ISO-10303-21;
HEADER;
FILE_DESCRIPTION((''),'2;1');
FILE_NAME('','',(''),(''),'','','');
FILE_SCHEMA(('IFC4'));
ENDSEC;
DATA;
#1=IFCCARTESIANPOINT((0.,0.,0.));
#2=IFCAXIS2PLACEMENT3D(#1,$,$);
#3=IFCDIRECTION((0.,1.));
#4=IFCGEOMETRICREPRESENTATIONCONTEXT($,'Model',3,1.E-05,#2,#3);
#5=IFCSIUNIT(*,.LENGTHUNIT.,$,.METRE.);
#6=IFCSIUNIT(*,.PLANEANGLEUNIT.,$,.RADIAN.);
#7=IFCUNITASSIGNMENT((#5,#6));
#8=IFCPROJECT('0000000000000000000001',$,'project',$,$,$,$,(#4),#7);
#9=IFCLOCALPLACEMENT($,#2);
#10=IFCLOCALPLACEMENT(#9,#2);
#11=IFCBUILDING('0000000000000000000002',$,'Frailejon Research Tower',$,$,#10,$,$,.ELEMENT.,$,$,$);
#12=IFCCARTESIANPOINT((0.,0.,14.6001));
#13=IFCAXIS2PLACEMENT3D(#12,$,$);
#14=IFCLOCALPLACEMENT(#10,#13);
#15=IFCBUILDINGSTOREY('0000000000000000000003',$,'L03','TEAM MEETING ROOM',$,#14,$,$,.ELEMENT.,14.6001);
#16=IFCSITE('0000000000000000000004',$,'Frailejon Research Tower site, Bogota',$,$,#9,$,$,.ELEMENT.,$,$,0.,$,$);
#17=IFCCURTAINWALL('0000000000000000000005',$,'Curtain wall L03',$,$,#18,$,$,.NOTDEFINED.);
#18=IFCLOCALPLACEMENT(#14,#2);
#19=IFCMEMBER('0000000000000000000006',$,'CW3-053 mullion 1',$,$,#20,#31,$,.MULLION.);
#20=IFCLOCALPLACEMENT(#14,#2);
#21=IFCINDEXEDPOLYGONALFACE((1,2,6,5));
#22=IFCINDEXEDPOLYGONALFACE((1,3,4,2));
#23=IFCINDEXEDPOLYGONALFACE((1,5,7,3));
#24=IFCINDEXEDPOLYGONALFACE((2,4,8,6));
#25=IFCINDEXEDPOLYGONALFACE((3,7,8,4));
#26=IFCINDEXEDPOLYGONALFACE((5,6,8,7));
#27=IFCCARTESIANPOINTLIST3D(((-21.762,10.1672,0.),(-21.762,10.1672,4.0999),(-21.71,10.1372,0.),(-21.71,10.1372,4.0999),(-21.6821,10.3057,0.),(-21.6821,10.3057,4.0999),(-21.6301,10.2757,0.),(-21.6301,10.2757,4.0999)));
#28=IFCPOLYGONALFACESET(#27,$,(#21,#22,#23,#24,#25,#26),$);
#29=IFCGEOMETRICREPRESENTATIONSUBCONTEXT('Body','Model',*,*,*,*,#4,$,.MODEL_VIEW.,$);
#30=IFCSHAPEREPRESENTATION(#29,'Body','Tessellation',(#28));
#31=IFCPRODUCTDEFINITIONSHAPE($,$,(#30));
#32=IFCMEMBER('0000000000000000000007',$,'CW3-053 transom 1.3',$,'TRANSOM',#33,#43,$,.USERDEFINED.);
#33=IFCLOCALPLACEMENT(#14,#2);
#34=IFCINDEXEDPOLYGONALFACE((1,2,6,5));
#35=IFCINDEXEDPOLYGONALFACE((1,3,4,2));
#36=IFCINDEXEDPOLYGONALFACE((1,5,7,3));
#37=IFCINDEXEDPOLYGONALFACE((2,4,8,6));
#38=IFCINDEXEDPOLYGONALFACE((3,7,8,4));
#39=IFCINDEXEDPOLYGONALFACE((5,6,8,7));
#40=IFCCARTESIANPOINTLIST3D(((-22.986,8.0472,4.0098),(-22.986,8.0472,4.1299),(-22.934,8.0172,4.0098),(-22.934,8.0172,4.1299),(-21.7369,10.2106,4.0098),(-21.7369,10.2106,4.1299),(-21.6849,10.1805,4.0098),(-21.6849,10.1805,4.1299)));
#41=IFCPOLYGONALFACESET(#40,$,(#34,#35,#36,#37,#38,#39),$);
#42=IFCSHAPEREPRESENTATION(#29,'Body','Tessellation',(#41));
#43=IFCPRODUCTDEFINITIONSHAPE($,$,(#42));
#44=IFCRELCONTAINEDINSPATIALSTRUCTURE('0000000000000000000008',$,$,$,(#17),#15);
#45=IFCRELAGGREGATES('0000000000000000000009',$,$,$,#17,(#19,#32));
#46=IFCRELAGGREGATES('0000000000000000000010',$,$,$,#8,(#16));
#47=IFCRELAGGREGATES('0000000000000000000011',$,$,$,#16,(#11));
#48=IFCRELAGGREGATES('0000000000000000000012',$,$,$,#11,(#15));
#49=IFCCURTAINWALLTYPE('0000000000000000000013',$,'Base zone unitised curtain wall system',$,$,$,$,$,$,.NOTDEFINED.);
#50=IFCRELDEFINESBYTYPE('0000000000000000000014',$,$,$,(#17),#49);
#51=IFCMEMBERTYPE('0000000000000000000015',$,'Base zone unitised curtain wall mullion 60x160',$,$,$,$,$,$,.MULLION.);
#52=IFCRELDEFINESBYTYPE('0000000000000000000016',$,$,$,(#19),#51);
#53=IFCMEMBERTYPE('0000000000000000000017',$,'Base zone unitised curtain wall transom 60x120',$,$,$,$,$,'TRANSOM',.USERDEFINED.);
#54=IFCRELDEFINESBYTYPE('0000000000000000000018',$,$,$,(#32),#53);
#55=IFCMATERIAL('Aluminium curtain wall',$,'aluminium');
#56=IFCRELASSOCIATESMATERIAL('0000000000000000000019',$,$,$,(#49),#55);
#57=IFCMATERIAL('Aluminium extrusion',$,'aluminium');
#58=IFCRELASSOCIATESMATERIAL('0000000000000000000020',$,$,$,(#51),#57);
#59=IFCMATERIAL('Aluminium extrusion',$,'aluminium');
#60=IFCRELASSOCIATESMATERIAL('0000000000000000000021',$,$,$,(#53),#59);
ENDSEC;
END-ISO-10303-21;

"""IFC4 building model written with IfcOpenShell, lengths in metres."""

from ifc_helpers import new_model, si_unit, direction, frame, origin, origin_2d, place, context, subcontext, project, spatial, rectangle, extrude, material, material_profile, profile_set, type_object, element, aggregate, save


model = new_model("IFC4")

# Units and contexts
model_context = context("Model", 3, precision=1e-05, world=origin(), true_north=direction((0.0, 1.0)))
body_context = subcontext(model_context, "Body", "Model", "MODEL_VIEW")
ifc_project = project(units=[si_unit("LENGTHUNIT", "METRE"), si_unit("PLANEANGLEUNIT", "RADIAN")], contexts=[model_context])

# Site, building, storey
site_placement = place(None, origin())
site = spatial("IfcSite", under=ifc_project, at=site_placement, Name="Frailejon Research Tower site, Bogota", CompositionType="ELEMENT", RefElevation=0.0)
building_placement = place(site_placement, origin())
building = spatial("IfcBuilding", under=site, at=building_placement, Name="Frailejon Research Tower", CompositionType="ELEMENT")
storey_placement = place(building_placement, frame((0.0, 0.0, 14.6001)))
storey = spatial("IfcBuildingStorey", under=building, at=storey_placement, Name="L03", Description="TEAM MEETING ROOM", CompositionType="ELEMENT", Elevation=14.6001)

# Curtain wall, members
ifc_material_1 = material(Name="Aluminium curtain wall", Category="aluminium")
curtain_wall_type = type_object("IfcCurtainWallType", Name="Base zone unitised curtain wall system", PredefinedType="NOTDEFINED", material=ifc_material_1)
curtain_wall_placement = place(storey_placement, origin())
curtain_wall = element("IfcCurtainWall", 1, at=curtain_wall_placement, inside=storey, type_object=curtain_wall_type, Name="Curtain wall L03", PredefinedType="NOTDEFINED")
ifc_material_2 = material(Name="Aluminium extrusion", Category="aluminium")
ifc_material_profile_1 = material_profile(ifc_material_2, rectangle(XDim=0.0601, YDim=0.1599, at=origin_2d()), Name="Base zone unitised curtain wall mullion 60x160")
ifc_profile_set_1 = profile_set([ifc_material_profile_1], Name="Aluminium extrusion")
member_type_1 = type_object("IfcMemberType", Name="Base zone unitised curtain wall mullion 60x160", PredefinedType="MULLION", material=ifc_profile_set_1)
member_1_placement = place(storey_placement, frame((-21.696, 10.2214, 0.0), z_axis=(0.0, 0.0, 1.0), x_axis=(0.866029, -0.499993, 0.0)))
member_1 = element("IfcMember", 2, at=member_1_placement, type_object=member_type_1, Name="CW3-053 mullion 1", PredefinedType="MULLION", context=body_context, shape_type="SweptSolid", body=[
    extrude(rectangle(XDim=0.0601, YDim=0.1599, at=origin_2d()), origin(), (0.0, 0.0, 1.0), 4.0999),
])
ifc_material_3 = material(Name="Aluminium extrusion", Category="aluminium")
ifc_material_profile_2 = material_profile(ifc_material_3, rectangle(XDim=0.0601, YDim=0.1201, at=origin_2d()), Name="Base zone unitised curtain wall transom 60x120")
ifc_profile_set_2 = profile_set([ifc_material_profile_2], Name="Aluminium extrusion")
member_type_2 = type_object("IfcMemberType", Name="Base zone unitised curtain wall transom 60x120", ElementType="TRANSOM", PredefinedType="USERDEFINED", material=ifc_profile_set_2)
member_2_placement = place(storey_placement, frame((-21.7109, 10.1956, 4.0698), z_axis=(-0.500007, -0.866021, 0.0), x_axis=(0.866021, -0.500007, 0.0)))
member_2 = element("IfcMember", 3, at=member_2_placement, type_object=member_type_2, Name="CW3-053 transom 1.3", ObjectType="TRANSOM", PredefinedType="USERDEFINED", context=body_context, shape_type="SweptSolid", body=[
    extrude(rectangle(XDim=0.0601, YDim=0.1201, at=origin_2d()), origin(), (0.0, 0.0, 1.0), 2.498),
])
aggregate(curtain_wall, [member_1, member_2])

save(model, "model.ifc")
